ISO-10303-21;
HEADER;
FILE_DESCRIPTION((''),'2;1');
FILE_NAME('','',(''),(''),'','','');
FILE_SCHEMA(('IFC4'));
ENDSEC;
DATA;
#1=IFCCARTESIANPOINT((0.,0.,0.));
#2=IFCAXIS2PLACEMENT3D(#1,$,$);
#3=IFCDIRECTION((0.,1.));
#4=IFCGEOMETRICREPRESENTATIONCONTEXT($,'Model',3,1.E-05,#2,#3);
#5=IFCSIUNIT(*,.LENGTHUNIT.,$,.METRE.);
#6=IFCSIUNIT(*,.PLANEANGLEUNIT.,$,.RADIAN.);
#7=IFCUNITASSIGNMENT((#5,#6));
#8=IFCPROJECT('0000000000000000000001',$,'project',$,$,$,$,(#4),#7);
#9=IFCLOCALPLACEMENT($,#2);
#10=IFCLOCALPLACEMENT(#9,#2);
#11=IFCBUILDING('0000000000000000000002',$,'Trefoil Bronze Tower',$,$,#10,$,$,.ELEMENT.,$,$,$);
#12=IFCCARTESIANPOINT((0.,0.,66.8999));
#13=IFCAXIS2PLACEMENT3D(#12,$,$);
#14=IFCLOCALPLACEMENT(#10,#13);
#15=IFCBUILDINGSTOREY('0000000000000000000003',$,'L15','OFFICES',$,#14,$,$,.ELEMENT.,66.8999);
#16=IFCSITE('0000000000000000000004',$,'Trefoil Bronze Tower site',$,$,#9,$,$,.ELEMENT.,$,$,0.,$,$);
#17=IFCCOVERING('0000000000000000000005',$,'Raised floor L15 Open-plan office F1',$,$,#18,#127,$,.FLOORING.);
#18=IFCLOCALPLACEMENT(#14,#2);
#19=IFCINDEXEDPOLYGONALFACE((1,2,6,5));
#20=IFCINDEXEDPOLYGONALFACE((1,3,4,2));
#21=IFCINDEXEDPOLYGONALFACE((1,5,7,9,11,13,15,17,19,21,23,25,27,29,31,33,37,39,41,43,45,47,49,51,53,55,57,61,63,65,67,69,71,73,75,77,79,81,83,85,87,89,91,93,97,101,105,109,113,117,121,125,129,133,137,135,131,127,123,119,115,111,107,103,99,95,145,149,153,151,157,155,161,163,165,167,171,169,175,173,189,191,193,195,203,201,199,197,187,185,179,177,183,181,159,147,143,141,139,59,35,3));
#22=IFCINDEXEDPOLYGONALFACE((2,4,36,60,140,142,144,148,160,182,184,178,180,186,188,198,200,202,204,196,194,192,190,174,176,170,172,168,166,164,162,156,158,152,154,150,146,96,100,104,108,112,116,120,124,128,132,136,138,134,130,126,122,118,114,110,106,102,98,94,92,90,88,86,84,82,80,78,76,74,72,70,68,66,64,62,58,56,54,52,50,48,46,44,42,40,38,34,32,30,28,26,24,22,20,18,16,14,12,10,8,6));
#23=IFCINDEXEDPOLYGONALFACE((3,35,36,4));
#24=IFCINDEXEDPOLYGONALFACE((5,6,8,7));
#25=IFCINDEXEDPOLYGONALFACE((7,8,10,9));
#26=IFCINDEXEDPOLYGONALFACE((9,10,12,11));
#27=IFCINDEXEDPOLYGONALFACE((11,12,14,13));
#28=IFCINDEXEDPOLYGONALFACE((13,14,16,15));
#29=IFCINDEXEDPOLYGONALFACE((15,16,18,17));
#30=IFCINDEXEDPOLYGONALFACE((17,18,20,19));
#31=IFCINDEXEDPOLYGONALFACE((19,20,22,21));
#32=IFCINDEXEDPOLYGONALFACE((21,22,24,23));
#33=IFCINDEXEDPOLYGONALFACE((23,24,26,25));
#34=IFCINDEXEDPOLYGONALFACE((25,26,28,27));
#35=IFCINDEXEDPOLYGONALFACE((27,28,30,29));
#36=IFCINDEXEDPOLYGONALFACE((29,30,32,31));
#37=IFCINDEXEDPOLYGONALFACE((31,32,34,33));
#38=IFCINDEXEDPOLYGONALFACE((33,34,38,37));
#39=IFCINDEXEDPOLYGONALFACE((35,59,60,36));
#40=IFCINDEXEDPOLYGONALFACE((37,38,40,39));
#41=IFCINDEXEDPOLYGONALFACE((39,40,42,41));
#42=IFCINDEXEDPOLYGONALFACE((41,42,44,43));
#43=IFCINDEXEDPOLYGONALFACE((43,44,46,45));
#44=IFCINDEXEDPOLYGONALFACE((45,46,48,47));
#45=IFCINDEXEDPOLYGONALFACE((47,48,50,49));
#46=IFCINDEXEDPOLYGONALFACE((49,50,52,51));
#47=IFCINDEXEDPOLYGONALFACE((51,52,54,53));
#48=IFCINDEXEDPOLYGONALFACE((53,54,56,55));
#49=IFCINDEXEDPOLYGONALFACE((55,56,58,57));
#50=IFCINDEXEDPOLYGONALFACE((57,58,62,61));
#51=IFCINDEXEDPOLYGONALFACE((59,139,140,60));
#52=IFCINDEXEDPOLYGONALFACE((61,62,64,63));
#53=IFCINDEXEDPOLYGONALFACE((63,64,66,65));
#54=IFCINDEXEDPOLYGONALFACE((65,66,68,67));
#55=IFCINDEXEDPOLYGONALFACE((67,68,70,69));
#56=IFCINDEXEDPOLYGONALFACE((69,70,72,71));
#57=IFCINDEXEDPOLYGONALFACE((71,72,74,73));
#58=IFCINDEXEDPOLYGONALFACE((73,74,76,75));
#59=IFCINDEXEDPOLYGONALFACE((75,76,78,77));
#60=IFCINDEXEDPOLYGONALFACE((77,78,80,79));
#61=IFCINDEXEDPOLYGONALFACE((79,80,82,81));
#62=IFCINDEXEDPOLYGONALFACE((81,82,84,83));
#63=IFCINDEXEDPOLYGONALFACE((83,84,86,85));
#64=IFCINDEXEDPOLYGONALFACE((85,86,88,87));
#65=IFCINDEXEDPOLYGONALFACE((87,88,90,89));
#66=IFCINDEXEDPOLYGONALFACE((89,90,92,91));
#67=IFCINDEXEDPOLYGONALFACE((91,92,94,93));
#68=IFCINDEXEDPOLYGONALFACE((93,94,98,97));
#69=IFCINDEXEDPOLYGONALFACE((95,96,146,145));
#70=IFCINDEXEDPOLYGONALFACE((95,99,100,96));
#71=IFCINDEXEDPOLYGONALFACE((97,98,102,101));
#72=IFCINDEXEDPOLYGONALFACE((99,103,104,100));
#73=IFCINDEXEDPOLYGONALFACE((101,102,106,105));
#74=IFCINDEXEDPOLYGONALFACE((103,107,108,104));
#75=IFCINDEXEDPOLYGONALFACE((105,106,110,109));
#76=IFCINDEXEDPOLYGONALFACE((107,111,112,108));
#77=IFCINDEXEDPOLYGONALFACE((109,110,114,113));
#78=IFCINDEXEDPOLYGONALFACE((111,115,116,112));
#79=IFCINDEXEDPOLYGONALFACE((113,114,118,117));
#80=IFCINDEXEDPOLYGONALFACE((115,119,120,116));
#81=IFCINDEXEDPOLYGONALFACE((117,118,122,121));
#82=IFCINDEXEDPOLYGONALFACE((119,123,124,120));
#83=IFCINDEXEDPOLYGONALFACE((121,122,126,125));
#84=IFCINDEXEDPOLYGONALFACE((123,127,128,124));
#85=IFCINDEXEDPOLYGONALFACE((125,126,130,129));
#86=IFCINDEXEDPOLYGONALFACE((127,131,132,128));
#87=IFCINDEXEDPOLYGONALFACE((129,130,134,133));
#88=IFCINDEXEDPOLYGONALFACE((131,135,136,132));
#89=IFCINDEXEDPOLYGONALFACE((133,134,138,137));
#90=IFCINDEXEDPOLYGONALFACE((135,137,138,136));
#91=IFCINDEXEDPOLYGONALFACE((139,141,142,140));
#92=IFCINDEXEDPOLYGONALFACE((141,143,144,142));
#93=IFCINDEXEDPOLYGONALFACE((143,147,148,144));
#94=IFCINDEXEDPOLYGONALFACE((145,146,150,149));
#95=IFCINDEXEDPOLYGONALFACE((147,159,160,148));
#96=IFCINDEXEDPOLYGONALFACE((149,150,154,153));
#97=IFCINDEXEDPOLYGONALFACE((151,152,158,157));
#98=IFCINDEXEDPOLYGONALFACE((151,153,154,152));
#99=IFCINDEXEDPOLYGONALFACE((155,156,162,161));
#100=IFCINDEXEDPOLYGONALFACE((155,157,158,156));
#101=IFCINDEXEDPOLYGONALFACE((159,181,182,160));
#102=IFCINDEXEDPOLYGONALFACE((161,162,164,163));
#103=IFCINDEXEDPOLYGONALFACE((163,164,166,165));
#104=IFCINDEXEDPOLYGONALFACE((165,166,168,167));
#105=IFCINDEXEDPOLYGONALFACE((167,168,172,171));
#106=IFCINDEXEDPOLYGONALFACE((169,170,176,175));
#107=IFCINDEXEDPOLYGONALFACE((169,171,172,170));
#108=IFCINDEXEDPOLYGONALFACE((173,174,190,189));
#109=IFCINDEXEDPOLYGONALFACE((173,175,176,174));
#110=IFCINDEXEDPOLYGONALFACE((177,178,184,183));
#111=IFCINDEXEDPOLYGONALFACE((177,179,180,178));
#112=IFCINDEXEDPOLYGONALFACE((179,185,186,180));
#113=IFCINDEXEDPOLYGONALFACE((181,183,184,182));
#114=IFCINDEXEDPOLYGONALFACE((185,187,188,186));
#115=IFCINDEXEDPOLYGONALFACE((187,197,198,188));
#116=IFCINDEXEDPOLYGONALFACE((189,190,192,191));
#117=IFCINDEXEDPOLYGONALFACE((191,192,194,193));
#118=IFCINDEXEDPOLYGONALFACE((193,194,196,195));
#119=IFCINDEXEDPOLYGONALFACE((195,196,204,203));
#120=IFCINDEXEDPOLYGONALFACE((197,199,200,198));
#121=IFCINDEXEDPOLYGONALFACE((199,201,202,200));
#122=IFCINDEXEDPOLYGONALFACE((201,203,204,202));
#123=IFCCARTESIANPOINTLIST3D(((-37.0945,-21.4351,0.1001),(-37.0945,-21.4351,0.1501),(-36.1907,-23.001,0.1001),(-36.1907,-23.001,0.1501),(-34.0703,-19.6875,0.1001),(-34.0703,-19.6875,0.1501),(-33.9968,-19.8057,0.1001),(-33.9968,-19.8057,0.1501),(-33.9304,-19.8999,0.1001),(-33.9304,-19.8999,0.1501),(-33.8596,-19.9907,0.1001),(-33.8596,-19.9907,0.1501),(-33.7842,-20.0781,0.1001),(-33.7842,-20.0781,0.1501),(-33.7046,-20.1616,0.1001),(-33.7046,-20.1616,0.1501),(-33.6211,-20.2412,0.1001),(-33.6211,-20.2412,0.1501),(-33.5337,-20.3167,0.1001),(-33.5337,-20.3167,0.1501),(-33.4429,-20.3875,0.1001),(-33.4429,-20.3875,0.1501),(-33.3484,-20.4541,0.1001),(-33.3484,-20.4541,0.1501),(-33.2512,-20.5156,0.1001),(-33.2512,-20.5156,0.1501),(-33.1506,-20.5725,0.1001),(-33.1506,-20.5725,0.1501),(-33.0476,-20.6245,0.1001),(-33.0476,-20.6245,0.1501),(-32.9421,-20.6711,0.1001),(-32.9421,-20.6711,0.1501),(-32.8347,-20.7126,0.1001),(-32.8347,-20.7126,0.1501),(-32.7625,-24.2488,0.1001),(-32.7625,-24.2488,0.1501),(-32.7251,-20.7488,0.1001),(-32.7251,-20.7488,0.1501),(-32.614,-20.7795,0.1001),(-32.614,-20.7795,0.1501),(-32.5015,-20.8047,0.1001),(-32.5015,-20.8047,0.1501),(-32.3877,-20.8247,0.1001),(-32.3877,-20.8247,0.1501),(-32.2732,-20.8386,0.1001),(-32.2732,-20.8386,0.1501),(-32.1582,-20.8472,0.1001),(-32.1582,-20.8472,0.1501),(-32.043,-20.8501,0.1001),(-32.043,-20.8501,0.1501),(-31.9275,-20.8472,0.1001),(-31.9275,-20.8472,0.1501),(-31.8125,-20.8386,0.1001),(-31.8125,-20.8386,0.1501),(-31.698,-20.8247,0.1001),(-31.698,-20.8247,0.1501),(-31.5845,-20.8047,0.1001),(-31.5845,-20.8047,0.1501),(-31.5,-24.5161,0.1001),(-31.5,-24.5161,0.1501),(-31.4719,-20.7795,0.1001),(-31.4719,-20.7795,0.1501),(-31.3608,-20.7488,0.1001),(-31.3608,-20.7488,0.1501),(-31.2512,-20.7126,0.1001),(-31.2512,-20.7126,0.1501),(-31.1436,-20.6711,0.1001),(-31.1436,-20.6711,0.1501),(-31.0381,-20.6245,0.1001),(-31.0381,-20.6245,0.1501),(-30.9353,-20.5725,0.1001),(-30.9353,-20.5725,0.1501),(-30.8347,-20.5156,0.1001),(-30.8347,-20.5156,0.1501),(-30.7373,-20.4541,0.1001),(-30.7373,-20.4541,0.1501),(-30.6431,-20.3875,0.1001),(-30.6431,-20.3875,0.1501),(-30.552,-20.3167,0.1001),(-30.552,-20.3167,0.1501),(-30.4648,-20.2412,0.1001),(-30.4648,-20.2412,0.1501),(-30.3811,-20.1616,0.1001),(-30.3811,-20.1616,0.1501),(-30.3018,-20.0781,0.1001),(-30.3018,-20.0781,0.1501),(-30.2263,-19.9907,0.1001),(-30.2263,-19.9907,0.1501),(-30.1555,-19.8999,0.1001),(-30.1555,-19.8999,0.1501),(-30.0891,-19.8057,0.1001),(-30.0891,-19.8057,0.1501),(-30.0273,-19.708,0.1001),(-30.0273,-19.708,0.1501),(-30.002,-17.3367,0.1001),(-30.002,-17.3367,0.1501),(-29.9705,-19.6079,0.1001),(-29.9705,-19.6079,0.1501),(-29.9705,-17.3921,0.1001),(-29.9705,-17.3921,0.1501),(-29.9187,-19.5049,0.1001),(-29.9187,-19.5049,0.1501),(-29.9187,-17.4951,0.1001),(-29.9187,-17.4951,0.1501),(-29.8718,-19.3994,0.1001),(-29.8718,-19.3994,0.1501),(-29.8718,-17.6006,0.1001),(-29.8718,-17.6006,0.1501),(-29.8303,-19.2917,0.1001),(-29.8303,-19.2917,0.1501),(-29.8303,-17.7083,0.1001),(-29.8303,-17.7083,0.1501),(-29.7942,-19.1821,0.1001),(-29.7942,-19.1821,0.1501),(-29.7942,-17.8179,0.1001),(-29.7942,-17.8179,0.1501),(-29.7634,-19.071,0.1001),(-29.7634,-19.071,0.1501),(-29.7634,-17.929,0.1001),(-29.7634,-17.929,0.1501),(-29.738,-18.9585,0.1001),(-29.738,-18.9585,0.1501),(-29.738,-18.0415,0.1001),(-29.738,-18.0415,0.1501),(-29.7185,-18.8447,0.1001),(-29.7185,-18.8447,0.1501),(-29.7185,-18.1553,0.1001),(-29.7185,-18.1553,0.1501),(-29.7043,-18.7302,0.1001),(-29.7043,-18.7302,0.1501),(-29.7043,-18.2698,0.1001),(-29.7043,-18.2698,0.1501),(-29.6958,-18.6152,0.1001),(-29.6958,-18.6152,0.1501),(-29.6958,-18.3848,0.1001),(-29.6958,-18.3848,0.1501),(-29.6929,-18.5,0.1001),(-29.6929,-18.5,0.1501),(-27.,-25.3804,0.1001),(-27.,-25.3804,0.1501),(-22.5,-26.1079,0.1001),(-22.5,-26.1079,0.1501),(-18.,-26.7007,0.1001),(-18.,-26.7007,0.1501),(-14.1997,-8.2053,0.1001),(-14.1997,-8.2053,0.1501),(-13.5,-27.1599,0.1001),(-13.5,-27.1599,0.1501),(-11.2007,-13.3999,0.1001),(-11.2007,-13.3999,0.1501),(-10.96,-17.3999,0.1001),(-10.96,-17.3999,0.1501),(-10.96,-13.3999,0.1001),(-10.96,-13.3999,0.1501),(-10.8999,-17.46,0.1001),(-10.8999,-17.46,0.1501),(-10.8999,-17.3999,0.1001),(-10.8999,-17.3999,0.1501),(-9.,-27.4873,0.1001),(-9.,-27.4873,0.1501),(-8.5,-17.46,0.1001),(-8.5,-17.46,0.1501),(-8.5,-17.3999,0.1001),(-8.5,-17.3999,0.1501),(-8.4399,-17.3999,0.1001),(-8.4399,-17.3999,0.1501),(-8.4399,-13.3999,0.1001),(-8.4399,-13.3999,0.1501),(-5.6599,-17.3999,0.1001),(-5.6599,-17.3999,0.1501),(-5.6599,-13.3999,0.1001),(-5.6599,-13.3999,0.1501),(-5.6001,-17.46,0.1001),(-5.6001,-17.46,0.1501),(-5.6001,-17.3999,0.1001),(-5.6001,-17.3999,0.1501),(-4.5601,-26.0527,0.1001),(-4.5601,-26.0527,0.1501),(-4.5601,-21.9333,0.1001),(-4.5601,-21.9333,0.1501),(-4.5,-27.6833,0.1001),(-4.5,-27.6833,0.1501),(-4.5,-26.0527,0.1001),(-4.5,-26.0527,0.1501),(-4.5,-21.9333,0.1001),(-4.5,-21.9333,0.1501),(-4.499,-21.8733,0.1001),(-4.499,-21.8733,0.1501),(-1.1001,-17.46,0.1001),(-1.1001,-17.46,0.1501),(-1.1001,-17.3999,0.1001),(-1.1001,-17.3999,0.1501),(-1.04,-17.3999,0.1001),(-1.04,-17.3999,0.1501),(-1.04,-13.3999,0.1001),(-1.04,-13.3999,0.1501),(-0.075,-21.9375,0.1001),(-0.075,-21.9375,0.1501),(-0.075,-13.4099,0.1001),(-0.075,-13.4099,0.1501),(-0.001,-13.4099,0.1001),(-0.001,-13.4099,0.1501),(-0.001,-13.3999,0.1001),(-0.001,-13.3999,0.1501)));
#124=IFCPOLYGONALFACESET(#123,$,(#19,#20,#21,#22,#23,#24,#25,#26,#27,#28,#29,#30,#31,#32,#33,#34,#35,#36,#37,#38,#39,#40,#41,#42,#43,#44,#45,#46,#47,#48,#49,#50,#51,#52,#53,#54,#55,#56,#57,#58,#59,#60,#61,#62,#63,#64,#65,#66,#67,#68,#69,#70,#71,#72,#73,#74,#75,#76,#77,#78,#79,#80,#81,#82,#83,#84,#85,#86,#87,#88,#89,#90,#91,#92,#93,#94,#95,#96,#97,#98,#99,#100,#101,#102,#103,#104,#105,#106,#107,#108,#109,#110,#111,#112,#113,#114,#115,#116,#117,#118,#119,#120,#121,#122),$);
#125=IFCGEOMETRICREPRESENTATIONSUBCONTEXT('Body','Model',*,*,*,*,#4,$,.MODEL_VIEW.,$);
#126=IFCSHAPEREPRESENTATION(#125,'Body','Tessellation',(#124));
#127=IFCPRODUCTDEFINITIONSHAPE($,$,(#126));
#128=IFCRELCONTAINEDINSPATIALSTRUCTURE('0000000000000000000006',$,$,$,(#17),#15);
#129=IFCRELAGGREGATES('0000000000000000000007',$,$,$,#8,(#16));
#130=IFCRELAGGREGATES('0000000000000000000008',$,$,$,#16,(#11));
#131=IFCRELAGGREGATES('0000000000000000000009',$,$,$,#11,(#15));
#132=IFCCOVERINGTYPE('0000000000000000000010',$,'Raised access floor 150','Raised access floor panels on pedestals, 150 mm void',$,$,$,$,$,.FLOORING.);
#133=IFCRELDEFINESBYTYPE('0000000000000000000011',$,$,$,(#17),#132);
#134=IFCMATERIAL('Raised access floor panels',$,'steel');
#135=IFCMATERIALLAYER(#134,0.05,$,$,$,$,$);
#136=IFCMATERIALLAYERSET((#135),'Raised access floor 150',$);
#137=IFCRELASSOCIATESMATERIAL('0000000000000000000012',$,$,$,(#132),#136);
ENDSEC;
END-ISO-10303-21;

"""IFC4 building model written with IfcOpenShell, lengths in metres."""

from ifc_helpers import new_model, si_unit, direction, frame, origin, place, context, subcontext, project, spatial, polyline, outline, extrude, material, layer, layer_set, type_object, element, save


model = new_model("IFC4")

# Units and contexts
model_context = context("Model", 3, precision=1e-05, world=origin(), true_north=direction((0.0, 1.0)))
body_context = subcontext(model_context, "Body", "Model", "MODEL_VIEW")
ifc_project = project(units=[si_unit("LENGTHUNIT", "METRE"), si_unit("PLANEANGLEUNIT", "RADIAN")], contexts=[model_context])

# Site, building, storey
site_placement = place(None, origin())
site = spatial("IfcSite", under=ifc_project, at=site_placement, Name="Trefoil Bronze Tower site", CompositionType="ELEMENT", RefElevation=0.0)
building_placement = place(site_placement, origin())
building = spatial("IfcBuilding", under=site, at=building_placement, Name="Trefoil Bronze Tower", CompositionType="ELEMENT")
storey_placement = place(building_placement, frame((0.0, 0.0, 66.8999)))
storey = spatial("IfcBuildingStorey", under=building, at=storey_placement, Name="L15", Description="OFFICES", CompositionType="ELEMENT", Elevation=66.8999)

# Covering
ifc_material_1 = material(Name="Raised access floor panels", Category="steel")
ifc_layer_1 = layer(ifc_material_1, 0.05)
ifc_layer_set_1 = layer_set([ifc_layer_1], Name="Raised access floor 150")
covering_type_1 = type_object("IfcCoveringType", Name="Raised access floor 150", Description="Raised access floor panels on pedestals, 150 mm void", PredefinedType="FLOORING", material=ifc_layer_set_1)
covering_1_placement = place(storey_placement, frame((0.0, 0.0, 0.1001)))
element("IfcCovering", 1, at=covering_1_placement, inside=storey, type_object=covering_type_1, Name="Raised floor L15 Open-plan office F1", PredefinedType="FLOORING", context=body_context, shape_type="SweptSolid", body=[
    extrude(outline(polyline([(-30.002, -17.3367), (-14.1997, -8.2053), (-11.2007, -13.3999), (-10.96, -13.3999), (-10.96, -17.3999), (-10.8999, -17.3999), (-10.8999, -17.46), (-8.5, -17.46), (-8.5, -17.3999), (-8.4399, -17.3999), (-8.4399, -13.3999), (-5.6599, -13.3999), (-5.6599, -17.3999), (-5.6001, -17.3999), (-5.6001, -17.46), (-1.1001, -17.46), (-1.1001, -17.3999), (-1.04, -17.3999), (-1.04, -13.3999), (-0.001, -13.3999), (-0.001, -13.4099), (-0.075, -13.4099), (-0.075, -21.9375), (-4.499, -21.8733), (-4.5, -21.9333), (-4.5601, -21.9333), (-4.5601, -26.0527), (-4.5, -26.0527), (-4.5, -27.6833), (-9.0, -27.4873), (-13.5, -27.1599), (-18.0, -26.7007), (-22.5, -26.1079), (-27.0, -25.3804), (-31.5, -24.5161), (-32.7625, -24.2488), (-36.1907, -23.001), (-37.0945, -21.4351), (-34.0703, -19.6875), (-33.9968, -19.8057), (-33.9304, -19.8999), (-33.8596, -19.9907), (-33.7842, -20.0781), (-33.7046, -20.1616), (-33.6211, -20.2412), (-33.5337, -20.3167), (-33.4429, -20.3875), (-33.3484, -20.4541), (-33.2512, -20.5156), (-33.1506, -20.5725), (-33.0476, -20.6245), (-32.9421, -20.6711), (-32.8347, -20.7126), (-32.7251, -20.7488), (-32.614, -20.7795), (-32.5015, -20.8047), (-32.3877, -20.8247), (-32.2732, -20.8386), (-32.1582, -20.8472), (-32.043, -20.8501), (-31.9275, -20.8472), (-31.8125, -20.8386), (-31.698, -20.8247), (-31.5845, -20.8047), (-31.4719, -20.7795), (-31.3608, -20.7488), (-31.2512, -20.7126), (-31.1436, -20.6711), (-31.0381, -20.6245), (-30.9353, -20.5725), (-30.8347, -20.5156), (-30.7373, -20.4541), (-30.6431, -20.3875), (-30.552, -20.3167), (-30.4648, -20.2412), (-30.3811, -20.1616), (-30.3018, -20.0781), (-30.2263, -19.9907), (-30.1555, -19.8999), (-30.0891, -19.8057), (-30.0273, -19.708), (-29.9705, -19.6079), (-29.9187, -19.5049), (-29.8718, -19.3994), (-29.8303, -19.2917), (-29.7942, -19.1821), (-29.7634, -19.071), (-29.738, -18.9585), (-29.7185, -18.8447), (-29.7043, -18.7302), (-29.6958, -18.6152), (-29.6929, -18.5), (-29.6958, -18.3848), (-29.7043, -18.2698), (-29.7185, -18.1553), (-29.738, -18.0415), (-29.7634, -17.929), (-29.7942, -17.8179), (-29.8303, -17.7083), (-29.8718, -17.6006), (-29.9187, -17.4951), (-29.9705, -17.3921), (-30.002, -17.3367)])), origin(), (0.0, 0.0, 1.0), 0.05),
])

save(model, "model.ifc")
